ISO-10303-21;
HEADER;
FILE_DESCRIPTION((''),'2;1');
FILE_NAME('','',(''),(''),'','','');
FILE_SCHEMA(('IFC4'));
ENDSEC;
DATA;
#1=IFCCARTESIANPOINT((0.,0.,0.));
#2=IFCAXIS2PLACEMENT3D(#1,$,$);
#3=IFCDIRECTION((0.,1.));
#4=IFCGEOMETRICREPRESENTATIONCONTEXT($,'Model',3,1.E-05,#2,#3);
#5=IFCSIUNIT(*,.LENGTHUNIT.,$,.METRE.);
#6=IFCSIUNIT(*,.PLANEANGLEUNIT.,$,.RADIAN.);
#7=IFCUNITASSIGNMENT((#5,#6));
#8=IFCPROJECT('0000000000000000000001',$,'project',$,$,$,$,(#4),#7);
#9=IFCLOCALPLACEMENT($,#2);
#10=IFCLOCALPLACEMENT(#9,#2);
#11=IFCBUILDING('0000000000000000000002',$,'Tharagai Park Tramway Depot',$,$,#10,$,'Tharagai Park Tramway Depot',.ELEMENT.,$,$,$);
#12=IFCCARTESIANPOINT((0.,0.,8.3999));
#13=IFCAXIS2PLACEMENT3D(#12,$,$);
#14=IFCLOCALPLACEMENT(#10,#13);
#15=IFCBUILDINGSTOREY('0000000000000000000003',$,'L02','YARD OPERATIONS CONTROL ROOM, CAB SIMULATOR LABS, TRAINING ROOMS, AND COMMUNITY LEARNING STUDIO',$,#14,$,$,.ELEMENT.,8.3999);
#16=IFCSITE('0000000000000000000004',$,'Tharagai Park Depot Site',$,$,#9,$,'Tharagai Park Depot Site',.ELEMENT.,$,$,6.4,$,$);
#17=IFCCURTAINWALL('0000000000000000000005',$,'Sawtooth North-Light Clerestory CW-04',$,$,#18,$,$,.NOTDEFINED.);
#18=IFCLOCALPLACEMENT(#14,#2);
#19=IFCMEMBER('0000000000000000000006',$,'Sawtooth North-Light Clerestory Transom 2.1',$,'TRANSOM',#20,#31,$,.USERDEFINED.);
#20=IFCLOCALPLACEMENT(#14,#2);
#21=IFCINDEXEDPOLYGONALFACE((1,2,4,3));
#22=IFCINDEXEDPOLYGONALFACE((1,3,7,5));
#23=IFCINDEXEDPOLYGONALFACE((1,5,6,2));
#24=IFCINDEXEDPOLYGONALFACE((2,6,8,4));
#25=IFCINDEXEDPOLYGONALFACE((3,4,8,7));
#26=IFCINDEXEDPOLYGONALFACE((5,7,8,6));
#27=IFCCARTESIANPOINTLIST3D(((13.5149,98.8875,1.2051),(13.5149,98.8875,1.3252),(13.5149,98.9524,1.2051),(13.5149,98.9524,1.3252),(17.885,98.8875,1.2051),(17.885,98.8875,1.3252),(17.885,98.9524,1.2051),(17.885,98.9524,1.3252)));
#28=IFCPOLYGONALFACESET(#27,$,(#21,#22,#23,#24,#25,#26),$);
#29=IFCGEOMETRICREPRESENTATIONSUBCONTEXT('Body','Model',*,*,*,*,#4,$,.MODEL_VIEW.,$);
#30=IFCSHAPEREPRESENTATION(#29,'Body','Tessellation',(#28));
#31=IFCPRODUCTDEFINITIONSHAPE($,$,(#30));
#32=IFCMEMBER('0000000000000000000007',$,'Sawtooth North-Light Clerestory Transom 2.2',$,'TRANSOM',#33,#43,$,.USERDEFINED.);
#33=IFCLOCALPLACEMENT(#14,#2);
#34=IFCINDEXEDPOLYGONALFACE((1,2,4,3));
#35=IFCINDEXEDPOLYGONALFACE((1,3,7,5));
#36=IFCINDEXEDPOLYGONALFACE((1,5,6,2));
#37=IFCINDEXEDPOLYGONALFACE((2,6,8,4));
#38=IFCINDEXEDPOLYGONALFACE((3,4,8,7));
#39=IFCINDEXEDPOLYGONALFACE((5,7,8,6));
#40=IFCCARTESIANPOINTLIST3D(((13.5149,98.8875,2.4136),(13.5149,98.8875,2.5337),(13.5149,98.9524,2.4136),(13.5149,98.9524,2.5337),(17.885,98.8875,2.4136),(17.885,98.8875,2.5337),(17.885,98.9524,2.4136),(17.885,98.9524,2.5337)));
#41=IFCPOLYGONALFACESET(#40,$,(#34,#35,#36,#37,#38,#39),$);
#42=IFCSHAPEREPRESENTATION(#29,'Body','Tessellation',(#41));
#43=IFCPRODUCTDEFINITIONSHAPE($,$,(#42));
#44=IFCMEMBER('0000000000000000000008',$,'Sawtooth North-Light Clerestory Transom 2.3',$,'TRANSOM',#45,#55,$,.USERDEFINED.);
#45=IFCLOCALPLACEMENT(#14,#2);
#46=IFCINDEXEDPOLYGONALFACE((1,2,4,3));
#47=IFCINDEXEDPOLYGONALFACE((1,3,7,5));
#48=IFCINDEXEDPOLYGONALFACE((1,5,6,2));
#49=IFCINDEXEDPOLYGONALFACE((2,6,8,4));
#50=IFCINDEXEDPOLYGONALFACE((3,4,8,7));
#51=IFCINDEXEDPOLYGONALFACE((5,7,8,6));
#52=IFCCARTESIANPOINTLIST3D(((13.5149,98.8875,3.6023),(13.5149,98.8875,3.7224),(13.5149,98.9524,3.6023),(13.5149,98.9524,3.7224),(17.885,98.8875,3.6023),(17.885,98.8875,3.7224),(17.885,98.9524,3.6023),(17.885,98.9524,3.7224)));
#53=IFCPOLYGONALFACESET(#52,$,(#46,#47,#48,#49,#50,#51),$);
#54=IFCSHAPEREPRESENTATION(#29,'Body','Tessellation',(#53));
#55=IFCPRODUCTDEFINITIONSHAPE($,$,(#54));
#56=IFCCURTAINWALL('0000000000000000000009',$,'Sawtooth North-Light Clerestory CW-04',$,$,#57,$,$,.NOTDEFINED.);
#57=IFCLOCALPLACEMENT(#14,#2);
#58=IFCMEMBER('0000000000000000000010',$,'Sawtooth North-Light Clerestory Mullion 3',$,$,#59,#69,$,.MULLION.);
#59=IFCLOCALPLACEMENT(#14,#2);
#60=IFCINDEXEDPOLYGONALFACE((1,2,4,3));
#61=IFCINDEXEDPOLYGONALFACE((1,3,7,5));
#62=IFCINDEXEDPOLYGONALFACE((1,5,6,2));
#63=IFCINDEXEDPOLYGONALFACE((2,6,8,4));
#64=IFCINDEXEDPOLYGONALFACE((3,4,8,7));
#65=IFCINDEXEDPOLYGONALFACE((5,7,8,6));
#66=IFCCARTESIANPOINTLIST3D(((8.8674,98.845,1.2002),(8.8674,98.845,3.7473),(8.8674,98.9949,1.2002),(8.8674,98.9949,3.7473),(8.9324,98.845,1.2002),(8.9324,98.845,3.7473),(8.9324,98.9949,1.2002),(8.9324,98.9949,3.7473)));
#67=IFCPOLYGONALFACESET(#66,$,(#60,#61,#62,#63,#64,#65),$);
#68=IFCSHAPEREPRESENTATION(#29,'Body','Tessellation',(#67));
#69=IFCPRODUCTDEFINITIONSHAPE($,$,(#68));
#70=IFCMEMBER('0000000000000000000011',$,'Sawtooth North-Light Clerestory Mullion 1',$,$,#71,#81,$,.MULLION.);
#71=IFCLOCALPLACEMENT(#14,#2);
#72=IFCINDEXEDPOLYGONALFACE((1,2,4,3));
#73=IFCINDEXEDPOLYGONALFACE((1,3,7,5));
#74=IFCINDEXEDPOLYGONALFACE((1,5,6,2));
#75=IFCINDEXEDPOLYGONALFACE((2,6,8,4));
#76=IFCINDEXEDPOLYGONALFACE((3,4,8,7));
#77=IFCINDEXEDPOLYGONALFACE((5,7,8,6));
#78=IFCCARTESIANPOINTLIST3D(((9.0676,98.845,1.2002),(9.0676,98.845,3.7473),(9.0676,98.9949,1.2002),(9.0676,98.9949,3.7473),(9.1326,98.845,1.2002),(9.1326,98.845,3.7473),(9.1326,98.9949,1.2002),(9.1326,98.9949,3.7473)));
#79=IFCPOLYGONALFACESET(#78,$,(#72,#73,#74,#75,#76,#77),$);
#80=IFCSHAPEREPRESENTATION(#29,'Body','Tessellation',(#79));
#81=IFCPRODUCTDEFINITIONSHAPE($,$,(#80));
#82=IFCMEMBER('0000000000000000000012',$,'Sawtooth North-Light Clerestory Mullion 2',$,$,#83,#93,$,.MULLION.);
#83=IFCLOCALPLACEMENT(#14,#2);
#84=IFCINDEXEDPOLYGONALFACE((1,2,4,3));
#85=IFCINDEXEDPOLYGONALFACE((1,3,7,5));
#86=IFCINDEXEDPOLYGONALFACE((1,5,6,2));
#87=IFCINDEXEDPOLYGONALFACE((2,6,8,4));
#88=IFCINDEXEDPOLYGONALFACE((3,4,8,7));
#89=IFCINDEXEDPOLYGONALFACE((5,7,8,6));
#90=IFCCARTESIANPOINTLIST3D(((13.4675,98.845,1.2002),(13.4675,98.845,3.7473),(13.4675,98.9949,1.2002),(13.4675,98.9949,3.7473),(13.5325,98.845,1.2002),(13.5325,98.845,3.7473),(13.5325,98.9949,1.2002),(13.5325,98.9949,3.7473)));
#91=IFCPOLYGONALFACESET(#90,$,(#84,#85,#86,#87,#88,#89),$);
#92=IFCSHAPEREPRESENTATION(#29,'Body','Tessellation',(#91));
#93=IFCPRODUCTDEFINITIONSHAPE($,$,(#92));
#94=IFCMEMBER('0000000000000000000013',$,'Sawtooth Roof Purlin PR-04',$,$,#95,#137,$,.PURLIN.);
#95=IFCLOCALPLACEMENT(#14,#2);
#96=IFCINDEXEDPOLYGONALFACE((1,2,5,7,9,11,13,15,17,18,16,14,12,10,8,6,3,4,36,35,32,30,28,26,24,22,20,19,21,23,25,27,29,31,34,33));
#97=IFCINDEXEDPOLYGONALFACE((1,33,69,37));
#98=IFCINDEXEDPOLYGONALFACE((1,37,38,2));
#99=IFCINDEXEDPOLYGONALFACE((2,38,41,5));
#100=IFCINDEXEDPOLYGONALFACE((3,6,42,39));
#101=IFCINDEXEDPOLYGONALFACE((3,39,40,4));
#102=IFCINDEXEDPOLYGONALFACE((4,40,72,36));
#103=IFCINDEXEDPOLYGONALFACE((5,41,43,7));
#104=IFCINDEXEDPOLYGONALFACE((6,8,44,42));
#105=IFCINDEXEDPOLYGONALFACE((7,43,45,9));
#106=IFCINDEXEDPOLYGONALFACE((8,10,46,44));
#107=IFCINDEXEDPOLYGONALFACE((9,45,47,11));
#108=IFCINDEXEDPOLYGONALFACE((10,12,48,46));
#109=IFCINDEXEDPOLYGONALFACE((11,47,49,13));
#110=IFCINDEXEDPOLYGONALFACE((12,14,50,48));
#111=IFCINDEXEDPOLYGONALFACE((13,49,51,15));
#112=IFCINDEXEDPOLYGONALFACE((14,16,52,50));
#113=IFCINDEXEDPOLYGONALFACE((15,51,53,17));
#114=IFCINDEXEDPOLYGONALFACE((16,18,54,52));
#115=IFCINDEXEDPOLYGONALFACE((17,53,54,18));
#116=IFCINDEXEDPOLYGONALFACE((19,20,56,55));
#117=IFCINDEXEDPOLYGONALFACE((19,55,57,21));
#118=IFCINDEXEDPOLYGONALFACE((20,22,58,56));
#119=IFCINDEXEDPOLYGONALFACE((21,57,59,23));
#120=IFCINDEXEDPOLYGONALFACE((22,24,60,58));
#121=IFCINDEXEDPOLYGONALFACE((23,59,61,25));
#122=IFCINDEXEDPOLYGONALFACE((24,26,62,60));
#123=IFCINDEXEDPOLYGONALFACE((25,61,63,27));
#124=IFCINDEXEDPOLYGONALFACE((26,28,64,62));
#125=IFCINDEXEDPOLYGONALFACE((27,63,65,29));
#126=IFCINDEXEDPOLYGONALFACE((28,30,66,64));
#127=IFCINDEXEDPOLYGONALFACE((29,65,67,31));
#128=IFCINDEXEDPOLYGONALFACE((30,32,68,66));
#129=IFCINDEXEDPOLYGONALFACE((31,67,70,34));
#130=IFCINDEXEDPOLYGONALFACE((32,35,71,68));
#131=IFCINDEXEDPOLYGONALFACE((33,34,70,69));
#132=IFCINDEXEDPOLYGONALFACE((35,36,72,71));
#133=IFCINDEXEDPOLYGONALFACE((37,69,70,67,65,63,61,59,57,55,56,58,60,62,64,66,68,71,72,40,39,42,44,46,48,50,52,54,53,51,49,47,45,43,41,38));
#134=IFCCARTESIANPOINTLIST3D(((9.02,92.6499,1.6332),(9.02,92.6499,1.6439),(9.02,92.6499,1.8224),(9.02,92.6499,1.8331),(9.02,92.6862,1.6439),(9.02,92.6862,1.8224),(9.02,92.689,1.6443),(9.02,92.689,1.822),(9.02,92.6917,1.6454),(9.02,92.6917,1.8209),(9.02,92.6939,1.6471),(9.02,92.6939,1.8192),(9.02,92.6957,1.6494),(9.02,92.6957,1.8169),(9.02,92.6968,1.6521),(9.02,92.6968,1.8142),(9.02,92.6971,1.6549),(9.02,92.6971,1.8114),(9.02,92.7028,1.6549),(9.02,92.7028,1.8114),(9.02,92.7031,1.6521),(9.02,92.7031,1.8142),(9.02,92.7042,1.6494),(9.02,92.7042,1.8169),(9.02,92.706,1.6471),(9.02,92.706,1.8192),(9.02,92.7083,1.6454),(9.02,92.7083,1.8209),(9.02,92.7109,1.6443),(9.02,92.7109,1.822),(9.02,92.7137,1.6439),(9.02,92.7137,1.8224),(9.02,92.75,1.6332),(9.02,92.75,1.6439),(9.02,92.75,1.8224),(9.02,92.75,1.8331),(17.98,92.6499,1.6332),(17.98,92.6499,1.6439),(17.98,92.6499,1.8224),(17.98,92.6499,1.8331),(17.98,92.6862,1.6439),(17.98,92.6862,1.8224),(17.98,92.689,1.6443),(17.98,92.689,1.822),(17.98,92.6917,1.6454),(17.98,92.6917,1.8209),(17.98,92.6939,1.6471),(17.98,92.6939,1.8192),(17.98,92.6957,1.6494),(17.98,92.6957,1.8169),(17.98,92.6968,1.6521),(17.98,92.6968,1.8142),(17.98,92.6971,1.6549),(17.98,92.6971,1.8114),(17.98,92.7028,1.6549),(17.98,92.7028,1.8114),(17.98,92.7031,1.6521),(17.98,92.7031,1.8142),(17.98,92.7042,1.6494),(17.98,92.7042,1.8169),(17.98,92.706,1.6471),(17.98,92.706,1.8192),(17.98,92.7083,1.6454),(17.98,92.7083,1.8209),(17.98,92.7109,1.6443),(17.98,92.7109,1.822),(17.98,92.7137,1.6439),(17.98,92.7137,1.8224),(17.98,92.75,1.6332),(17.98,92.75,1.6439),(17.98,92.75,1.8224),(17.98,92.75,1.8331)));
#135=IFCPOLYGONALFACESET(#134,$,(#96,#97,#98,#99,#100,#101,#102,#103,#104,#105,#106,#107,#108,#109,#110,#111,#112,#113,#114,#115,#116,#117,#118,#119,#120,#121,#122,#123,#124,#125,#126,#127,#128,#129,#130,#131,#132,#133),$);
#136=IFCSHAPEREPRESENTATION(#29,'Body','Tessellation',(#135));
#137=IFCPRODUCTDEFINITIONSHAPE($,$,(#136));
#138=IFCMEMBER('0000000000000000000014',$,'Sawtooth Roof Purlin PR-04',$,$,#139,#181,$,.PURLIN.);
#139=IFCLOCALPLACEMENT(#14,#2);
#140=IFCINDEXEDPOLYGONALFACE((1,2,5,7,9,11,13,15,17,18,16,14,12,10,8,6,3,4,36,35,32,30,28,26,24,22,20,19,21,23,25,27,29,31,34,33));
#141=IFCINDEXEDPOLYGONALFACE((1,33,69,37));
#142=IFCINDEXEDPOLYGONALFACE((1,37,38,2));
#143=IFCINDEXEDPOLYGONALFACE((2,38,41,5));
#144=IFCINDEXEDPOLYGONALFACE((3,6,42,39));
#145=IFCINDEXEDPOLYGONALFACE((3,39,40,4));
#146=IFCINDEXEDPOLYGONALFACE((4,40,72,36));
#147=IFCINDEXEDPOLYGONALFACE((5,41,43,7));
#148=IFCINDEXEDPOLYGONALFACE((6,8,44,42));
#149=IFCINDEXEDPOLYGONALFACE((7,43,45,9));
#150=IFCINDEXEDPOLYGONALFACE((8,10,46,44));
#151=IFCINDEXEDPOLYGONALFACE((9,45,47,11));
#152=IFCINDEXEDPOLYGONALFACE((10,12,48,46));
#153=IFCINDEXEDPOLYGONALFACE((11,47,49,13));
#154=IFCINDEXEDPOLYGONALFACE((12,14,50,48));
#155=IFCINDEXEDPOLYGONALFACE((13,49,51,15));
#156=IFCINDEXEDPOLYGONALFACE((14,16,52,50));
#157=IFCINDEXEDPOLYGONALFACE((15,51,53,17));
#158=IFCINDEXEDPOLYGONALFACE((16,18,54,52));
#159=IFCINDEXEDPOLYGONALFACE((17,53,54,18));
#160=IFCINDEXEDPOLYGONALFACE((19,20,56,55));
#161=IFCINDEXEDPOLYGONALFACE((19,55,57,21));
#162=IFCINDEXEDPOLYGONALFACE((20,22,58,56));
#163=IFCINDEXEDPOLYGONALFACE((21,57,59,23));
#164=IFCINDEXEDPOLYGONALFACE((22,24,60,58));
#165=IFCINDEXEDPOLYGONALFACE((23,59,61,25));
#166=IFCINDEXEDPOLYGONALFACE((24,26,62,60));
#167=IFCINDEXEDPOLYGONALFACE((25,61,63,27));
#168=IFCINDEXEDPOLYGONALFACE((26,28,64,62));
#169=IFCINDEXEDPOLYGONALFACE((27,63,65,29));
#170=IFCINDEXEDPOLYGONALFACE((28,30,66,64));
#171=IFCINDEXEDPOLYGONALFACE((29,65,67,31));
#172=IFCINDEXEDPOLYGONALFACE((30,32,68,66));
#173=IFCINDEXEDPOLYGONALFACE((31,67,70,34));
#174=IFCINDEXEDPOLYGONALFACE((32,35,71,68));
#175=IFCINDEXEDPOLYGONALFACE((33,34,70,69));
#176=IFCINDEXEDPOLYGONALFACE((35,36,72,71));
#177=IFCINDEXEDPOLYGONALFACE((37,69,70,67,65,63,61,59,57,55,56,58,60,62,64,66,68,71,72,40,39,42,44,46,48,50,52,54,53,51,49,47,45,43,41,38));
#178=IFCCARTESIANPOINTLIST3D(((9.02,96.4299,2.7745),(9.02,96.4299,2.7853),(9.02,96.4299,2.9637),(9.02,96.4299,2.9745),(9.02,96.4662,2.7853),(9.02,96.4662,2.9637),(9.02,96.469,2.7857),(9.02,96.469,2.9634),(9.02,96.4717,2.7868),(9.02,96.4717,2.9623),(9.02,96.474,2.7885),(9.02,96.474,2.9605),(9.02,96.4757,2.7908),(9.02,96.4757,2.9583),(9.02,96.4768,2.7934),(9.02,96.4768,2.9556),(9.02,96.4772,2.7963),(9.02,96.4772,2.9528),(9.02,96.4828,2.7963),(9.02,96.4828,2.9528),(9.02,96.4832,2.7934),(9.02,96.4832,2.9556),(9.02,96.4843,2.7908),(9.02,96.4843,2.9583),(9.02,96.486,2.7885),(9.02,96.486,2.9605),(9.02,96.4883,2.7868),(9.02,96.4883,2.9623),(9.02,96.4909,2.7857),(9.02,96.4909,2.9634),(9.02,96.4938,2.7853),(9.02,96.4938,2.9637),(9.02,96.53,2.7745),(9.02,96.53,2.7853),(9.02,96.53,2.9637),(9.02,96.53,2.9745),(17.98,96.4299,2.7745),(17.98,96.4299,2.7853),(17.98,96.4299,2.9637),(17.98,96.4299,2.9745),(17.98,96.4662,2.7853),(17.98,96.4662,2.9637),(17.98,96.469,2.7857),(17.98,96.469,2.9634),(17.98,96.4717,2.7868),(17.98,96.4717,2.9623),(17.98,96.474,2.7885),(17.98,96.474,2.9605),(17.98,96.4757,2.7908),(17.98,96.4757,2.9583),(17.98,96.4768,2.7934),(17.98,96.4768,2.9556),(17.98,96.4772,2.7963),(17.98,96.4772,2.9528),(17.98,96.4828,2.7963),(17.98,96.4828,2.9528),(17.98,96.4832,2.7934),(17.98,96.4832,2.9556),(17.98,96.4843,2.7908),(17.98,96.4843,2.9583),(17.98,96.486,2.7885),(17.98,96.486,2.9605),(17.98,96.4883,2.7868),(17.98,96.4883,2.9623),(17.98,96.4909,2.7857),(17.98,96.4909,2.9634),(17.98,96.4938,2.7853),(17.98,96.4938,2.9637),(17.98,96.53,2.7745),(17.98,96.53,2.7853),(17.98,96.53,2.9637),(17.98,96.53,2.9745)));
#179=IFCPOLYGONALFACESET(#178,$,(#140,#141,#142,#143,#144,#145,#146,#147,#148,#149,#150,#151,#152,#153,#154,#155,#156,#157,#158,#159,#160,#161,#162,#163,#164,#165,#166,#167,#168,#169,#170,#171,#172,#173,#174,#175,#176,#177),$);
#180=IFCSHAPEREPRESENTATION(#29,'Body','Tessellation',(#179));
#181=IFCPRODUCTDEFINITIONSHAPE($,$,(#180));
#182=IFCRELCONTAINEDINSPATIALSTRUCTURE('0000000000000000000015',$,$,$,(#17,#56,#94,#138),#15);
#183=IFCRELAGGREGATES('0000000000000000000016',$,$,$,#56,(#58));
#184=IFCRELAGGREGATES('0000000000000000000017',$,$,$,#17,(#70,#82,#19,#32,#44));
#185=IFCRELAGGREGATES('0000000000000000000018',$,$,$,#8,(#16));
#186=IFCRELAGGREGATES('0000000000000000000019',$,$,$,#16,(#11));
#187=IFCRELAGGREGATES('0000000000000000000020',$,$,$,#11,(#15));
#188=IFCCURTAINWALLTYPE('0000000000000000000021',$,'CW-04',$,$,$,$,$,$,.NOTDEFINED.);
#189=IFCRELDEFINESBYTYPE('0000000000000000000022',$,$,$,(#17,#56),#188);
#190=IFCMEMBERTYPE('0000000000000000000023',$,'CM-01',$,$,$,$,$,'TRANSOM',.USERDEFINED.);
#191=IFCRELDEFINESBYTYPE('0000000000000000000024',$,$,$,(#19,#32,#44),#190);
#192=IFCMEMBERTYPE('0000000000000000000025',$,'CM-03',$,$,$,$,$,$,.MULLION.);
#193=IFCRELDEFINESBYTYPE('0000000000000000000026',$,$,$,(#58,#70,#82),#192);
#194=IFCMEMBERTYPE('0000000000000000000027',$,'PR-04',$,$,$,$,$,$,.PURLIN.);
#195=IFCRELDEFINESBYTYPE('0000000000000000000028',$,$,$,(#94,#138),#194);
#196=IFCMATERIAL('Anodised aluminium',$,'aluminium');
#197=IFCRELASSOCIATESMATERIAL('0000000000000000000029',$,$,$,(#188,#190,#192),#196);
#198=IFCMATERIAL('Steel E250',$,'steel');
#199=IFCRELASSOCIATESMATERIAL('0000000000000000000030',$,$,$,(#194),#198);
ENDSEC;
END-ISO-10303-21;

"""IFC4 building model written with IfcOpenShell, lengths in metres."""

from ifc_helpers import new_model, si_unit, direction, frame, origin, origin_2d, place, context, subcontext, project, spatial, rectangle, i_section, extrude, material, material_profile, profile_set, type_object, element, aggregate, save


model = new_model("IFC4")

# Units and contexts
model_context = context("Model", 3, precision=1e-05, world=origin(), true_north=direction((0.0, 1.0)))
body_context = subcontext(model_context, "Body", "Model", "MODEL_VIEW")
ifc_project = project(units=[si_unit("LENGTHUNIT", "METRE"), si_unit("PLANEANGLEUNIT", "RADIAN")], contexts=[model_context])

# Site, building, storey
site_placement = place(None, origin())
site = spatial("IfcSite", under=ifc_project, at=site_placement, Name="Tharagai Park Depot Site", LongName="Tharagai Park Depot Site", CompositionType="ELEMENT", RefElevation=6.4)
building_placement = place(site_placement, origin())
building = spatial("IfcBuilding", under=site, at=building_placement, Name="Tharagai Park Tramway Depot", LongName="Tharagai Park Tramway Depot", CompositionType="ELEMENT")
storey_placement = place(building_placement, frame((0.0, 0.0, 8.3999)))
storey = spatial("IfcBuildingStorey", under=building, at=storey_placement, Name="L02", Description="YARD OPERATIONS CONTROL ROOM, CAB SIMULATOR LABS, TRAINING ROOMS, AND COMMUNITY LEARNING STUDIO", CompositionType="ELEMENT", Elevation=8.3999)

# Curtain wall, members
ifc_material_1 = material(Name="Anodised aluminium", Category="aluminium")
curtain_wall_type = type_object("IfcCurtainWallType", Name="CW-04", PredefinedType="NOTDEFINED", material=ifc_material_1)
curtain_wall_1_placement = place(storey_placement, origin())
curtain_wall_1 = element("IfcCurtainWall", 1, at=curtain_wall_1_placement, inside=storey, type_object=curtain_wall_type, Name="Sawtooth North-Light Clerestory CW-04", PredefinedType="NOTDEFINED")
ifc_material_profile_1 = material_profile(ifc_material_1, rectangle(XDim=0.0649, YDim=0.1201, at=origin_2d()), Name="ALU 65x120")
ifc_profile_set_1 = profile_set([ifc_material_profile_1], Name="Anodised aluminium")
member_type_1 = type_object("IfcMemberType", Name="CM-01", ElementType="TRANSOM", PredefinedType="USERDEFINED", material=ifc_profile_set_1)
member_1_placement = place(storey_placement, frame((13.5149, 98.9199, 1.2651), z_axis=(1.0, 0.0, 0.0), x_axis=(0.0, 1.0, 0.0)))
member_1 = element("IfcMember", 2, at=member_1_placement, type_object=member_type_1, Name="Sawtooth North-Light Clerestory Transom 2.1", ObjectType="TRANSOM", PredefinedType="USERDEFINED", context=body_context, shape_type="SweptSolid", body=[
    extrude(rectangle(XDim=0.0649, YDim=0.1201, at=origin_2d()), origin(), (0.0, 0.0, 1.0), 4.3701),
])
member_2_placement = place(storey_placement, frame((13.5149, 98.9199, 2.4736), z_axis=(1.0, 0.0, 0.0), x_axis=(0.0, 1.0, 0.0)))
member_2 = element("IfcMember", 3, at=member_2_placement, type_object=member_type_1, Name="Sawtooth North-Light Clerestory Transom 2.2", ObjectType="TRANSOM", PredefinedType="USERDEFINED", context=body_context, shape_type="SweptSolid", body=[
    extrude(rectangle(XDim=0.0649, YDim=0.1201, at=origin_2d()), origin(), (0.0, 0.0, 1.0), 4.3701),
])
member_3_placement = place(storey_placement, frame((13.5149, 98.9199, 3.6624), z_axis=(1.0, 0.0, 0.0), x_axis=(0.0, 1.0, 0.0)))
member_3 = element("IfcMember", 4, at=member_3_placement, type_object=member_type_1, Name="Sawtooth North-Light Clerestory Transom 2.3", ObjectType="TRANSOM", PredefinedType="USERDEFINED", context=body_context, shape_type="SweptSolid", body=[
    extrude(rectangle(XDim=0.0649, YDim=0.1201, at=origin_2d()), origin(), (0.0, 0.0, 1.0), 4.3701),
])

# Curtain wall, member
curtain_wall_2_placement = place(storey_placement, origin())
curtain_wall_2 = element("IfcCurtainWall", 5, at=curtain_wall_2_placement, inside=storey, type_object=curtain_wall_type, Name="Sawtooth North-Light Clerestory CW-04", PredefinedType="NOTDEFINED")
ifc_material_profile_2 = material_profile(ifc_material_1, rectangle(XDim=0.0649, YDim=0.1499, at=origin_2d()), Name="ALU 65x150")
ifc_profile_set_2 = profile_set([ifc_material_profile_2], Name="Anodised aluminium")
member_type_2 = type_object("IfcMemberType", Name="CM-03", PredefinedType="MULLION", material=ifc_profile_set_2)
member_4_placement = place(storey_placement, frame((8.8999, 98.9199, 1.2002), z_axis=(0.0, 0.0, 1.0), x_axis=(1.0, 0.0, 0.0)))
member_4 = element("IfcMember", 6, at=member_4_placement, type_object=member_type_2, Name="Sawtooth North-Light Clerestory Mullion 3", PredefinedType="MULLION", context=body_context, shape_type="SweptSolid", body=[
    extrude(rectangle(XDim=0.0649, YDim=0.1499, at=origin_2d()), origin(), (0.0, 0.0, 1.0), 2.5471),
])
aggregate(curtain_wall_2, [member_4])

# Members
member_5_placement = place(storey_placement, frame((9.1001, 98.9199, 1.2002), z_axis=(0.0, 0.0, 1.0), x_axis=(1.0, 0.0, 0.0)))
member_5 = element("IfcMember", 7, at=member_5_placement, type_object=member_type_2, Name="Sawtooth North-Light Clerestory Mullion 1", PredefinedType="MULLION", context=body_context, shape_type="SweptSolid", body=[
    extrude(rectangle(XDim=0.0649, YDim=0.1499, at=origin_2d()), origin(), (0.0, 0.0, 1.0), 2.5471),
])
member_6_placement = place(storey_placement, frame((13.5, 98.9199, 1.2002), z_axis=(0.0, 0.0, 1.0), x_axis=(1.0, 0.0, 0.0)))
member_6 = element("IfcMember", 8, at=member_6_placement, type_object=member_type_2, Name="Sawtooth North-Light Clerestory Mullion 2", PredefinedType="MULLION", context=body_context, shape_type="SweptSolid", body=[
    extrude(rectangle(XDim=0.0649, YDim=0.1499, at=origin_2d()), origin(), (0.0, 0.0, 1.0), 2.5471),
])

# Members
ifc_material_2 = material(Name="Steel E250", Category="steel")
ifc_material_profile_3 = material_profile(ifc_material_2, i_section(OverallWidth=0.1001, OverallDepth=0.2, WebThickness=0.0056, FlangeThickness=0.0107, FilletRadius=0.011, at=origin_2d()), Name="ISMB 200")
ifc_profile_set_3 = profile_set([ifc_material_profile_3], Name="Steel E250")
member_type_3 = type_object("IfcMemberType", Name="PR-04", PredefinedType="PURLIN", material=ifc_profile_set_3)
for number, where, z_axis, x_axis, name in (
    (9, (9.02, 92.7, 1.7332), (1.0, 0.0, 0.0), (0.0, 1.0, 0.0), "Sawtooth Roof Purlin PR-04"),
    (10, (9.02, 96.48, 2.8745), (1.0, 0.0, 0.0), (0.0, 1.0, 0.0), "Sawtooth Roof Purlin PR-04"),
):
    element("IfcMember", number, at=place(storey_placement, frame(where, z_axis=z_axis, x_axis=x_axis)), inside=storey, type_object=member_type_3, Name=name, PredefinedType="PURLIN", context=body_context, shape_type="SweptSolid", body=[
        extrude(i_section(OverallWidth=0.1001, OverallDepth=0.2, WebThickness=0.0056, FlangeThickness=0.0107, FilletRadius=0.011, at=origin_2d()), origin(), (0.0, 0.0, 1.0), 8.96),
    ])

aggregate(curtain_wall_1, [member_5, member_6, member_1, member_2, member_3])

save(model, "model.ifc")
